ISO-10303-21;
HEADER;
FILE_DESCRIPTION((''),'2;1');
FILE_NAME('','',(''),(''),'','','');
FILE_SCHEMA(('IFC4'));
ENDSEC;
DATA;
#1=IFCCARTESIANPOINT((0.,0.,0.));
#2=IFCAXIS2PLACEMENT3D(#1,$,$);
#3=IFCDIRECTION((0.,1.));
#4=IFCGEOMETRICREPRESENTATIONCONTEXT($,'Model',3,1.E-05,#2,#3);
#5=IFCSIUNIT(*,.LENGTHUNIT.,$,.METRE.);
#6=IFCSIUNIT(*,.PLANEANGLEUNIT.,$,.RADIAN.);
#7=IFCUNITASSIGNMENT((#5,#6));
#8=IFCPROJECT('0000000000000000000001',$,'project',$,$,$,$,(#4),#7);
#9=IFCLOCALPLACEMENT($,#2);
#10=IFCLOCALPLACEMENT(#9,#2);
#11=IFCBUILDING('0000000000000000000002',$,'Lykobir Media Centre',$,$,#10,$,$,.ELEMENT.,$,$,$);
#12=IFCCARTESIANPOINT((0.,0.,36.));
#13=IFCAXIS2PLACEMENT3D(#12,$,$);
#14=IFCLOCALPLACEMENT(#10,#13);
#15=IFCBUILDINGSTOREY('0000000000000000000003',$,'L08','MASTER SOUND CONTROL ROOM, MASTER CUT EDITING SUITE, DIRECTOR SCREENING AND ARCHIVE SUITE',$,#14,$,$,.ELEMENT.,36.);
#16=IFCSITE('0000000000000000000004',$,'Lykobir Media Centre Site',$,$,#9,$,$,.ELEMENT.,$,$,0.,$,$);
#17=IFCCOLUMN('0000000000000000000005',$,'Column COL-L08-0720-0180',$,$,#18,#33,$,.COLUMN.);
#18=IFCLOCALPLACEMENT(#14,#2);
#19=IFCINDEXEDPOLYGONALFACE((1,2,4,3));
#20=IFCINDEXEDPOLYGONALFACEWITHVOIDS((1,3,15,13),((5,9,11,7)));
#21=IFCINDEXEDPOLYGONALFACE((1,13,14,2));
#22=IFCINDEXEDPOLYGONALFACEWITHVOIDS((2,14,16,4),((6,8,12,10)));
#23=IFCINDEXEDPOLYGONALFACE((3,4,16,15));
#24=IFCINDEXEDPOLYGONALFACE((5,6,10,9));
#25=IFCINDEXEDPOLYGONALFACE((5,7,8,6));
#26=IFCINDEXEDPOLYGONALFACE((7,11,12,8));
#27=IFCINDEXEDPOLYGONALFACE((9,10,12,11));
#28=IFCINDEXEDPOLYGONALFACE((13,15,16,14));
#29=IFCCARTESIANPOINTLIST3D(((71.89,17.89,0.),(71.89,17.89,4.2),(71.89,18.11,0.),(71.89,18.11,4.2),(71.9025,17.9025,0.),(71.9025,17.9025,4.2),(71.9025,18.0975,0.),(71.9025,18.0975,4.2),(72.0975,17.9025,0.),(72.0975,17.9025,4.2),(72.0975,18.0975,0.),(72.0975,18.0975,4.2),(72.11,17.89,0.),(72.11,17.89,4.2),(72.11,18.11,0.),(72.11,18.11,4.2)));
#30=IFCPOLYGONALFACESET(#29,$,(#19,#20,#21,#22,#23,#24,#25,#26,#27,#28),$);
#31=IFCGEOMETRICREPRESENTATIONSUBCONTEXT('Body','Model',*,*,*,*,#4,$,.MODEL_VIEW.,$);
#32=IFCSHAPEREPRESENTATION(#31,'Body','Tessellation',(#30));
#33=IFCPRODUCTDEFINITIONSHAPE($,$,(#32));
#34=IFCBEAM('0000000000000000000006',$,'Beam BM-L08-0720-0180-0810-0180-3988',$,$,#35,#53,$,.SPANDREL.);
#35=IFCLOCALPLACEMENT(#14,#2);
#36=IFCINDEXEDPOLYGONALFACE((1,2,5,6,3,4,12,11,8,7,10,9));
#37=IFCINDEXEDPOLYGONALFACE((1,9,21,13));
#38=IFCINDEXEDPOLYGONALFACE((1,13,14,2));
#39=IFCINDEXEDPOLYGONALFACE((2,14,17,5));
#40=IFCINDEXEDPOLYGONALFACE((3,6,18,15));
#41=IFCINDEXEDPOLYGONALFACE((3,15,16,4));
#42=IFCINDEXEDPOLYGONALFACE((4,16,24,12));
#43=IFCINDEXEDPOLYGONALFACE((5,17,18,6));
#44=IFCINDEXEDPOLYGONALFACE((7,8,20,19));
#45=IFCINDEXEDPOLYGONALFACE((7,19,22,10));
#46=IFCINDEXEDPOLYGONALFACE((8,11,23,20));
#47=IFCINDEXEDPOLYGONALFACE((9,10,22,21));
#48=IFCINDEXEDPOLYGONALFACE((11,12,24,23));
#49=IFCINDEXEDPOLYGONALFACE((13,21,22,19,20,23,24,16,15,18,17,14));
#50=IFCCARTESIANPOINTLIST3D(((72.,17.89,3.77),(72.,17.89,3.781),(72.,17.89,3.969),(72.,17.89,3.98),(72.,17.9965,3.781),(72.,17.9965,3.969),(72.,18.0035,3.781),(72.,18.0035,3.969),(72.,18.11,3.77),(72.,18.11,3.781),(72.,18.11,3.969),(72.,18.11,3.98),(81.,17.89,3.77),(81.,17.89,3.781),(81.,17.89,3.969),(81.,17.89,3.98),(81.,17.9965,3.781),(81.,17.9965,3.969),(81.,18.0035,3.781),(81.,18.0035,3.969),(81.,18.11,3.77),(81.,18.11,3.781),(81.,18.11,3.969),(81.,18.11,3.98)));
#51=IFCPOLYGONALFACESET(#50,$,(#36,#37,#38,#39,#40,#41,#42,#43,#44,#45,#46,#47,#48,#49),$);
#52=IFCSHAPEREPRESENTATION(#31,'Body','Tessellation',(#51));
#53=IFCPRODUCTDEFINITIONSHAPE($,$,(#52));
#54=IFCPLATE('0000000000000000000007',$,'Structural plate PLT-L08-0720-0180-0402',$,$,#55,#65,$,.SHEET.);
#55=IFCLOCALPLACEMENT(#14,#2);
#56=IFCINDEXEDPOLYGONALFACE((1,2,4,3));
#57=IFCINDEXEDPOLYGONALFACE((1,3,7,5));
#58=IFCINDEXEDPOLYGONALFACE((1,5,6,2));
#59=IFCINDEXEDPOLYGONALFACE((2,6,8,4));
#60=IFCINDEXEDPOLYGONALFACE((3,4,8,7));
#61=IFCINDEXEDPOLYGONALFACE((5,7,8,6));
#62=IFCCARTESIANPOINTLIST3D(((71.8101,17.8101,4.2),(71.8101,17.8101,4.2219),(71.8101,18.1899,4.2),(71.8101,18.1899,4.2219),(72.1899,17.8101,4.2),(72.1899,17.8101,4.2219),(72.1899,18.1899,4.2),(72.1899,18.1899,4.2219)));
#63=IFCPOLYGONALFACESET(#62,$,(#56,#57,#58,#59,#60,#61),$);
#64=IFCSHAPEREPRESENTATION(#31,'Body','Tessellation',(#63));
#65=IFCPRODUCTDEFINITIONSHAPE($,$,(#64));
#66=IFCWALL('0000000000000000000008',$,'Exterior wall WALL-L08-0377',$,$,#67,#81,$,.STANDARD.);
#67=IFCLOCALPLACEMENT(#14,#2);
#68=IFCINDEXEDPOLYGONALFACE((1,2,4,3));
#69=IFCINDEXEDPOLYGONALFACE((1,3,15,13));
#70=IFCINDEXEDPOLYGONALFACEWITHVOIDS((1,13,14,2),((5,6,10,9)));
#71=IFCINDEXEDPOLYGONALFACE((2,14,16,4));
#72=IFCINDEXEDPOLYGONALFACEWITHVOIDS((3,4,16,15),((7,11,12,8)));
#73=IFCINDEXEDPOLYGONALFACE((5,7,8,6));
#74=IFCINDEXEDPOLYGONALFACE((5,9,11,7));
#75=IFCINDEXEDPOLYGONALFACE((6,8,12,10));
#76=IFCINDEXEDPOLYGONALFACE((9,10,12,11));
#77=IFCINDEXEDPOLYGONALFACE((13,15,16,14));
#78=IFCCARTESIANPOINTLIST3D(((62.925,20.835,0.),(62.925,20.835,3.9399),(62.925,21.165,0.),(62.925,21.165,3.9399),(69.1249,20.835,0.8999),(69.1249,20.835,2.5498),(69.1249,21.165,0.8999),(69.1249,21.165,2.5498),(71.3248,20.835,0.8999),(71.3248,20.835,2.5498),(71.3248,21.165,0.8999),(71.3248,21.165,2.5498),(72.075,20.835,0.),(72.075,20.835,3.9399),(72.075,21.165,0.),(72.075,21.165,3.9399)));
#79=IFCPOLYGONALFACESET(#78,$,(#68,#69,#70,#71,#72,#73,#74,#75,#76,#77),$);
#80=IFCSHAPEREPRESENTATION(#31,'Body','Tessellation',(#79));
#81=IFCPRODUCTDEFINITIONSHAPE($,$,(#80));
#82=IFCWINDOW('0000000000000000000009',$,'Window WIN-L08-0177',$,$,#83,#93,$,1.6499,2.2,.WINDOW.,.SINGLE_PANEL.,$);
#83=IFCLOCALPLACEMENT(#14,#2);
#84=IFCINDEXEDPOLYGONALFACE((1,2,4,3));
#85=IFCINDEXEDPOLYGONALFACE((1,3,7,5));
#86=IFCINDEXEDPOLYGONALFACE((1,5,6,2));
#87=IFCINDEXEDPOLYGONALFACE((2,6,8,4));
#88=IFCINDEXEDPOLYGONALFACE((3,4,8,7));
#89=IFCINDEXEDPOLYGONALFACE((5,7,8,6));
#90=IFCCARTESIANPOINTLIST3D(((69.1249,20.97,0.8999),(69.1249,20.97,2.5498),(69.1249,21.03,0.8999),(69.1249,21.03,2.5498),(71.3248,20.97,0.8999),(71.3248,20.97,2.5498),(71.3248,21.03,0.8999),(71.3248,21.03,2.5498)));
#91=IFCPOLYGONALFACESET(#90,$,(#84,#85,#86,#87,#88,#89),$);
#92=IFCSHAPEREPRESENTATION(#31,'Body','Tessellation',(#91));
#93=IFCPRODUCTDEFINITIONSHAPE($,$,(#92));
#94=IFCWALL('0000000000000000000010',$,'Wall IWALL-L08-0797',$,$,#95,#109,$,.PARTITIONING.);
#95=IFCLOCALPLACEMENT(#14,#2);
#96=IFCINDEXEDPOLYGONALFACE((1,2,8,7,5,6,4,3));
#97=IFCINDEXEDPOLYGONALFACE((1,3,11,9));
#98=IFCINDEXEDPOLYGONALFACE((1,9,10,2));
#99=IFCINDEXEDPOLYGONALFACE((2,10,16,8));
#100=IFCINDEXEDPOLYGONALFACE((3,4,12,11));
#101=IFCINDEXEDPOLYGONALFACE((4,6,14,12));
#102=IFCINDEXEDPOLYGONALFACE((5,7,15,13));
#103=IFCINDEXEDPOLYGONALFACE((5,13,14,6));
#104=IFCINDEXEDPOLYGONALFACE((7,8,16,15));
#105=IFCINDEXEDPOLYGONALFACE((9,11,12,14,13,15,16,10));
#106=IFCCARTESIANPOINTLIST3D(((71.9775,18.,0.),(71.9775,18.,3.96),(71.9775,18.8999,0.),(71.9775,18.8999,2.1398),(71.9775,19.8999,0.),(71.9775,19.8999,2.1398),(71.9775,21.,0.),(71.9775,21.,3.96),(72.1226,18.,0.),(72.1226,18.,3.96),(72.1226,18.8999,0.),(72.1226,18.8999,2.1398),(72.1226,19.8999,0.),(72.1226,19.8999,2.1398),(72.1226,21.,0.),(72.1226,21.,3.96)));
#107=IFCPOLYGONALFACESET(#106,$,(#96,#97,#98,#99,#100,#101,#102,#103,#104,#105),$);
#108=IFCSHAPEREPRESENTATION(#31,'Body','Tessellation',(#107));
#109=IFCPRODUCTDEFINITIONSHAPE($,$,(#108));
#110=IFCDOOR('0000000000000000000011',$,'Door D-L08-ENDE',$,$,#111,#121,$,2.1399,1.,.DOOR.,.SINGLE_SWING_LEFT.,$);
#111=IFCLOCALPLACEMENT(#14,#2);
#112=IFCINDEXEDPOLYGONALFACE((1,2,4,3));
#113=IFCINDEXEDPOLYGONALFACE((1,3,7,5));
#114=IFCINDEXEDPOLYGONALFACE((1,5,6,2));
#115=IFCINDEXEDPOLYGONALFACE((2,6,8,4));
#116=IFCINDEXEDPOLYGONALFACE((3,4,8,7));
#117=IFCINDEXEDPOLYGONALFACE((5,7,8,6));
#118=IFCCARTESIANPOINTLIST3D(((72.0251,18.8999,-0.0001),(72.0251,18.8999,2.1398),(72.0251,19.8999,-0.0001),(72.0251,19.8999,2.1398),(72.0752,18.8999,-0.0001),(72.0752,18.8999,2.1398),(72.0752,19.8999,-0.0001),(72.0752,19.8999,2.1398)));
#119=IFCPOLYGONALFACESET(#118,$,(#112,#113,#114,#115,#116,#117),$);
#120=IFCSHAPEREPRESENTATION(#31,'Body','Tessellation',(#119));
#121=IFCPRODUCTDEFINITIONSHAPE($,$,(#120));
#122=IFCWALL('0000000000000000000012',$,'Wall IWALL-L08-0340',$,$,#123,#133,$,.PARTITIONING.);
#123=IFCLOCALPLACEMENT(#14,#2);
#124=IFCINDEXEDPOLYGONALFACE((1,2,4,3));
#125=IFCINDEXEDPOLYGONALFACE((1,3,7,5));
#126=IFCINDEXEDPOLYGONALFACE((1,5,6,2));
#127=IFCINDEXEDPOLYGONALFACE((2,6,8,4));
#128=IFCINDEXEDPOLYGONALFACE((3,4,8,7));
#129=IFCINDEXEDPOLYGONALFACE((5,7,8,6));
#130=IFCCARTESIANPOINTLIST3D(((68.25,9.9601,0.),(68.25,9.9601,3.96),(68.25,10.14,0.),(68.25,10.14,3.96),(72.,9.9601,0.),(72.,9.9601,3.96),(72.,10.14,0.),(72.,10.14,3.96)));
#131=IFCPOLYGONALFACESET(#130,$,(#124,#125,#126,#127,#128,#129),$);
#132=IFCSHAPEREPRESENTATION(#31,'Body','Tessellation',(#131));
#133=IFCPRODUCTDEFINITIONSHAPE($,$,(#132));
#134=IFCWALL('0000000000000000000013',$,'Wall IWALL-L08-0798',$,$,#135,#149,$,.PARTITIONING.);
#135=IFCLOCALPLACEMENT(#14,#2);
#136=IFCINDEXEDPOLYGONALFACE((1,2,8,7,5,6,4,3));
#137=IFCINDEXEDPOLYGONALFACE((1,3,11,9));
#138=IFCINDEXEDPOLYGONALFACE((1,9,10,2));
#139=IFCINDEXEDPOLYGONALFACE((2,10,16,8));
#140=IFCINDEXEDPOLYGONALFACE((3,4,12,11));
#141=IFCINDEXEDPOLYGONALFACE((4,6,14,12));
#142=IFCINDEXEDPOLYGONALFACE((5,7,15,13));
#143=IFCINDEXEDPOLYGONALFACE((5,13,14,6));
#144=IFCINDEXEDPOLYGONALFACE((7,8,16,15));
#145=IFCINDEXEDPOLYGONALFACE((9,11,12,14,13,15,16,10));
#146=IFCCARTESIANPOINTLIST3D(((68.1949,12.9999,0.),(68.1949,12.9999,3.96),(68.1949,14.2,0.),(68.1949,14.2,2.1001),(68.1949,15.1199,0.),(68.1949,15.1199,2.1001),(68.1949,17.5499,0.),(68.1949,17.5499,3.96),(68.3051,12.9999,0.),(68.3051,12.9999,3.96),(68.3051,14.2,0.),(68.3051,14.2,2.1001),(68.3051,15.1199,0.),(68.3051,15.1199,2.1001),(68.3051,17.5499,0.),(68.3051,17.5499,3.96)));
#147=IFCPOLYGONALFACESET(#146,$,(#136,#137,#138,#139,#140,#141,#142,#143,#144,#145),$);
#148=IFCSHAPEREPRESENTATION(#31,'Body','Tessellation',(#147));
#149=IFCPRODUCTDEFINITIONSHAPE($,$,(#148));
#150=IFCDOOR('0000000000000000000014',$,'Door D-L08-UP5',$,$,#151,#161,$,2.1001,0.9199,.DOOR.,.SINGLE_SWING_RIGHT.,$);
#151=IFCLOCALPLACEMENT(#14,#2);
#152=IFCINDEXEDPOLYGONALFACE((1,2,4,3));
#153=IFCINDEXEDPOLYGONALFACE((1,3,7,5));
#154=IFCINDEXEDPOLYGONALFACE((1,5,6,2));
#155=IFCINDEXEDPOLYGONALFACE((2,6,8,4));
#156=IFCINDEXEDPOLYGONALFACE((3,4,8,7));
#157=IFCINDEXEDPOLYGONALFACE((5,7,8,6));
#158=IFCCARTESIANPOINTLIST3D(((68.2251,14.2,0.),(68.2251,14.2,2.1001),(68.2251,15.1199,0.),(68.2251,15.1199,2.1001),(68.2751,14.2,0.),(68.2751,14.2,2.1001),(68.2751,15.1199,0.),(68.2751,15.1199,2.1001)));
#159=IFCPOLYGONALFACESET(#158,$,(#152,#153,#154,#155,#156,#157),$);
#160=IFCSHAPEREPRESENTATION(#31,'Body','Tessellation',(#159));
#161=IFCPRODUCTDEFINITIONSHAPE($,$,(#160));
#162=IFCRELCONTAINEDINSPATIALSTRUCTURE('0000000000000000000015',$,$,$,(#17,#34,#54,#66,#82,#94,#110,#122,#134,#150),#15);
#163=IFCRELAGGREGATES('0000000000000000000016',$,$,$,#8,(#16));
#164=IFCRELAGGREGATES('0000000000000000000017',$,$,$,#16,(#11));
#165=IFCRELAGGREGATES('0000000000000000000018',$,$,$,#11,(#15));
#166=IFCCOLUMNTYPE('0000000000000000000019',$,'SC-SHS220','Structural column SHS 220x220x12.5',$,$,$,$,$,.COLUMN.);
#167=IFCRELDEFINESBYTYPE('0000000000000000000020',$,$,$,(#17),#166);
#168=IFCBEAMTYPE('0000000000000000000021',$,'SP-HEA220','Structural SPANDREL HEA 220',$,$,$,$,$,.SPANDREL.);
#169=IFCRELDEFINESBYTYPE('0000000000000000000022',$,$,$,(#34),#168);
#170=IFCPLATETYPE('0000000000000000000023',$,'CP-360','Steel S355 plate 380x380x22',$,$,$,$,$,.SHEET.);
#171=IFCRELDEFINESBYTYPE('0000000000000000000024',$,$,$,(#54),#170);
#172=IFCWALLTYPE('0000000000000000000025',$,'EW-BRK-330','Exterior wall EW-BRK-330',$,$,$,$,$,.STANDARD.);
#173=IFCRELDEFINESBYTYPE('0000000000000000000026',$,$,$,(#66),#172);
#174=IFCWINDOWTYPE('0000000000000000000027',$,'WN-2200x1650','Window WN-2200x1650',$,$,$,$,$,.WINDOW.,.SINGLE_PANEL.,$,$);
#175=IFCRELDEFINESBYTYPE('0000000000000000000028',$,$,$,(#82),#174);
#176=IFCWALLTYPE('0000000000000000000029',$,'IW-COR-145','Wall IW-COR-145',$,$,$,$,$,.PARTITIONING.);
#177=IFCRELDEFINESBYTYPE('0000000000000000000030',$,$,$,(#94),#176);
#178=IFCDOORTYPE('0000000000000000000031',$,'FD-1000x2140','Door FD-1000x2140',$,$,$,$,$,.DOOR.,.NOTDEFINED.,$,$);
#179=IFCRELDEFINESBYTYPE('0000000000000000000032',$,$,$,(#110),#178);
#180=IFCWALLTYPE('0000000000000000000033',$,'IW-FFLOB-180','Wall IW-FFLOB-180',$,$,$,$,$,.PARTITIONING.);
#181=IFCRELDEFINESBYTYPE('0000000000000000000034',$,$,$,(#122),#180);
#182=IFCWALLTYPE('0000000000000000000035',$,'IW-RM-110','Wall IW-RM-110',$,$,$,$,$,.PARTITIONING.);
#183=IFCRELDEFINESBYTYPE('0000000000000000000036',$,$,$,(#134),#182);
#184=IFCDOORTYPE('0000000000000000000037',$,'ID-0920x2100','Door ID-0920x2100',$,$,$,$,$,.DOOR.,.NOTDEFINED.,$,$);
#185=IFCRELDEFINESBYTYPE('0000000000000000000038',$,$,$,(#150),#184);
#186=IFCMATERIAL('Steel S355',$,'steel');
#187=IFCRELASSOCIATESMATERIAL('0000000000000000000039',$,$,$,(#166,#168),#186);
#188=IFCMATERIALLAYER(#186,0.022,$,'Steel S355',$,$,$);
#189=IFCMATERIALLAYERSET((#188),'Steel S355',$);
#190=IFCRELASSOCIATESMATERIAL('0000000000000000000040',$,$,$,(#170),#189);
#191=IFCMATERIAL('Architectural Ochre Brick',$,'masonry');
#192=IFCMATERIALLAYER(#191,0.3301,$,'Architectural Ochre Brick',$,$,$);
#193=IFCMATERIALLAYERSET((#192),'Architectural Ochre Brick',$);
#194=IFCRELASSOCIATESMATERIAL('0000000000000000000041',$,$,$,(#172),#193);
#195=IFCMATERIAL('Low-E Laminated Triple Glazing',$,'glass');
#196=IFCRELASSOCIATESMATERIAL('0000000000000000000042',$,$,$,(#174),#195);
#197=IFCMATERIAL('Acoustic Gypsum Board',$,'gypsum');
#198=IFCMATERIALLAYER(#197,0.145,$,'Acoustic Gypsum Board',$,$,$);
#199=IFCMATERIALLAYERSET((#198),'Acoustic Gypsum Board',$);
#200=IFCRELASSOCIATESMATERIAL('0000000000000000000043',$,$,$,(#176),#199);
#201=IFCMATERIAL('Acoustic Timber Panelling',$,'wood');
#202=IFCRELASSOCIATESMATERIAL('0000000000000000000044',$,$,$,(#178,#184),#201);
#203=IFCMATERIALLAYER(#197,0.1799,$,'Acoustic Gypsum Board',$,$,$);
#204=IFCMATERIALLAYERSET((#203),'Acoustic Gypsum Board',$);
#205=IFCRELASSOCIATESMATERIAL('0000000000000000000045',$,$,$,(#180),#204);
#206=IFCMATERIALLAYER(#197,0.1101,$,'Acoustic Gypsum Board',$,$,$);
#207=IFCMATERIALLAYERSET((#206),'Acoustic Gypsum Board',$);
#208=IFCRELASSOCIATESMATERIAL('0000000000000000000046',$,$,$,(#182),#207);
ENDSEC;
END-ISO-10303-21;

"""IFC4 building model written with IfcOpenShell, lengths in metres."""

from ifc_helpers import new_model, si_unit, direction, frame, frame_2d, origin, origin_2d, place, context, subcontext, project, spatial, rectangle, hollow_rectangle, i_section, extrude, material, layer, layer_set, material_profile, profile_set, type_object, element, fill, save


model = new_model("IFC4")

# Units and contexts
model_context = context("Model", 3, precision=1e-05, world=origin(), true_north=direction((0.0, 1.0)))
body_context = subcontext(model_context, "Body", "Model", "MODEL_VIEW")
ifc_project = project(units=[si_unit("LENGTHUNIT", "METRE"), si_unit("PLANEANGLEUNIT", "RADIAN")], contexts=[model_context])

# Site, building, storey
site_placement = place(None, origin())
site = spatial("IfcSite", under=ifc_project, at=site_placement, Name="Lykobir Media Centre Site", CompositionType="ELEMENT", RefElevation=0.0)
building_placement = place(site_placement, origin())
building = spatial("IfcBuilding", under=site, at=building_placement, Name="Lykobir Media Centre", CompositionType="ELEMENT")
storey_placement = place(building_placement, frame((0.0, 0.0, 36.0)))
storey = spatial("IfcBuildingStorey", under=building, at=storey_placement, Name="L08", Description="MASTER SOUND CONTROL ROOM, MASTER CUT EDITING SUITE, DIRECTOR SCREENING AND ARCHIVE SUITE", CompositionType="ELEMENT", Elevation=36.0)

# Column
ifc_material_1 = material(Name="Steel S355", Category="steel")
ifc_material_profile_1 = material_profile(ifc_material_1, hollow_rectangle(XDim=0.22, YDim=0.22, WallThickness=0.0125, at=origin_2d()), Name="SHS 220x220x12.5")
ifc_profile_set_1 = profile_set([ifc_material_profile_1], Name="Steel S355")
column_type = type_object("IfcColumnType", Name="SC-SHS220", Description="Structural column SHS 220x220x12.5", PredefinedType="COLUMN", material=ifc_profile_set_1)
column_placement = place(storey_placement, frame((72.0, 18.0, 0.0), z_axis=(0.0, 0.0, 1.0), x_axis=(1.0, 0.0, 0.0)))
element("IfcColumn", 1, at=column_placement, inside=storey, type_object=column_type, Name="Column COL-L08-0720-0180", PredefinedType="COLUMN", context=body_context, shape_type="SweptSolid", body=[
    extrude(hollow_rectangle(XDim=0.22, YDim=0.22, WallThickness=0.0125, at=origin_2d()), origin(), (0.0, 0.0, 1.0), 4.2),
])

# Beam
ifc_material_profile_2 = material_profile(ifc_material_1, i_section(OverallWidth=0.22, OverallDepth=0.21, WebThickness=0.0071, FlangeThickness=0.011, at=origin_2d()), Name="HEA 220")
ifc_profile_set_2 = profile_set([ifc_material_profile_2], Name="Steel S355")
beam_type = type_object("IfcBeamType", Name="SP-HEA220", Description="Structural SPANDREL HEA 220", PredefinedType="SPANDREL", material=ifc_profile_set_2)
beam_placement = place(storey_placement, frame((72.0, 18.0, 3.875), z_axis=(1.0, 0.0, 0.0), x_axis=(0.0, 1.0, 0.0)))
element("IfcBeam", 2, at=beam_placement, inside=storey, type_object=beam_type, Name="Beam BM-L08-0720-0180-0810-0180-3988", PredefinedType="SPANDREL", context=body_context, shape_type="SweptSolid", body=[
    extrude(i_section(OverallWidth=0.22, OverallDepth=0.21, WebThickness=0.0071, FlangeThickness=0.011, at=origin_2d()), origin(), (0.0, 0.0, 1.0), 9.0),
])

# Plate
ifc_layer_1 = layer(ifc_material_1, 0.022, Name="Steel S355")
ifc_layer_set_1 = layer_set([ifc_layer_1], Name="Steel S355")
plate_type = type_object("IfcPlateType", Name="CP-360", Description="Steel S355 plate 380x380x22", PredefinedType="SHEET", material=ifc_layer_set_1)
plate_placement = place(storey_placement, frame((72.0, 18.0, 4.2), z_axis=(0.0, 0.0, 1.0), x_axis=(1.0, 0.0, 0.0)))
element("IfcPlate", 3, at=plate_placement, inside=storey, type_object=plate_type, Name="Structural plate PLT-L08-0720-0180-0402", PredefinedType="SHEET", context=body_context, shape_type="SweptSolid", body=[
    extrude(rectangle(XDim=0.3799, YDim=0.3799, at=origin_2d()), origin(), (0.0, 0.0, 1.0), 0.022),
])

# Wall, opening, window
ifc_material_2 = material(Name="Architectural Ochre Brick", Category="masonry")
ifc_layer_2 = layer(ifc_material_2, 0.3301, Name="Architectural Ochre Brick")
ifc_layer_set_2 = layer_set([ifc_layer_2], Name="Architectural Ochre Brick")
wall_type_1 = type_object("IfcWallType", Name="EW-BRK-330", Description="Exterior wall EW-BRK-330", PredefinedType="STANDARD", material=ifc_layer_set_2)
wall_1_placement = place(storey_placement, frame((72.075, 21.0, 0.0), z_axis=(0.0, 0.0, 1.0), x_axis=(-1.0, 0.0, 0.0)))
wall_1 = element("IfcWall", 4, at=wall_1_placement, inside=storey, type_object=wall_type_1, Name="Exterior wall WALL-L08-0377", PredefinedType="STANDARD", context=body_context, shape_type="SweptSolid", body=[
    extrude(rectangle(XDim=9.1499, YDim=0.3301, at=frame_2d((4.575, 0.0))), origin(), (0.0, 0.0, 1.0), 3.9399),
])
opening_1_placement = place(wall_1_placement, frame((0.75, 0.0, 0.8999)))
opening_1 = element("IfcOpeningElement", 5, at=opening_1_placement, cuts=wall_1, PredefinedType="OPENING", context=body_context, shape_type="SweptSolid", body=[
    extrude(rectangle(XDim=2.2, YDim=1.6499, at=frame_2d((1.1001, 0.825))), frame((0.0, 0.175, 0.0), z_axis=(0.0, -1.0, 0.0), x_axis=(1.0, 0.0, 0.0)), (0.0, 0.0, 1.0), 0.3501),
])
ifc_material_3 = material(Name="Low-E Laminated Triple Glazing", Category="glass")
window_type = type_object("IfcWindowType", Name="WN-2200x1650", Description="Window WN-2200x1650", PartitioningType="SINGLE_PANEL", PredefinedType="WINDOW", material=ifc_material_3)
window_placement = place(opening_1_placement, origin())
window = element("IfcWindow", 6, at=window_placement, inside=storey, type_object=window_type, Name="Window WIN-L08-0177", OverallHeight=1.6499, OverallWidth=2.2, PartitioningType="SINGLE_PANEL", PredefinedType="WINDOW", context=body_context, shape_type="SweptSolid", body=[
    extrude(rectangle(XDim=2.2, YDim=1.6499, at=frame_2d((1.1001, 0.825))), frame((0.0, 0.03, 0.0), z_axis=(0.0, -1.0, 0.0), x_axis=(1.0, 0.0, 0.0)), (0.0, 0.0, 1.0), 0.0601),
])
fill(opening_1, window)

# Wall, opening, door
ifc_material_4 = material(Name="Acoustic Gypsum Board", Category="gypsum")
ifc_layer_3 = layer(ifc_material_4, 0.145, Name="Acoustic Gypsum Board")
ifc_layer_set_3 = layer_set([ifc_layer_3], Name="Acoustic Gypsum Board")
wall_type_2 = type_object("IfcWallType", Name="IW-COR-145", Description="Wall IW-COR-145", PredefinedType="PARTITIONING", material=ifc_layer_set_3)
wall_2_placement = place(storey_placement, frame((72.05, 18.0, 0.0), z_axis=(0.0, 0.0, 1.0), x_axis=(0.0, 1.0, 0.0)))
wall_2 = element("IfcWall", 7, at=wall_2_placement, inside=storey, type_object=wall_type_2, Name="Wall IWALL-L08-0797", PredefinedType="PARTITIONING", context=body_context, shape_type="SweptSolid", body=[
    extrude(rectangle(XDim=3.0, YDim=0.145, at=frame_2d((1.5, 0.0))), origin(), (0.0, 0.0, 1.0), 3.96),
])
opening_2_placement = place(wall_2_placement, frame((0.8999, 0.0, 0.0)))
opening_2 = element("IfcOpeningElement", 8, at=opening_2_placement, cuts=wall_2, PredefinedType="OPENING", context=body_context, shape_type="SweptSolid", body=[
    extrude(rectangle(XDim=1.0, YDim=2.1399, at=frame_2d((0.5, 1.0698))), frame((0.0, 0.0825, 0.0), z_axis=(0.0, -1.0, 0.0), x_axis=(1.0, 0.0, 0.0)), (0.0, 0.0, 1.0), 0.165),
])
ifc_material_5 = material(Name="Acoustic Timber Panelling", Category="wood")
door_type_1 = type_object("IfcDoorType", Name="FD-1000x2140", Description="Door FD-1000x2140", OperationType="NOTDEFINED", PredefinedType="DOOR", material=ifc_material_5)
door_1_placement = place(opening_2_placement, origin())
door_1 = element("IfcDoor", 9, at=door_1_placement, inside=storey, type_object=door_type_1, Name="Door D-L08-ENDE", OperationType="SINGLE_SWING_LEFT", OverallHeight=2.1399, OverallWidth=1.0, PredefinedType="DOOR", context=body_context, shape_type="SweptSolid", body=[
    extrude(rectangle(XDim=1.0, YDim=2.1399, at=frame_2d((0.5, 1.0698))), frame((0.0, 0.0249, 0.0), z_axis=(0.0, -1.0, 0.0), x_axis=(1.0, 0.0, 0.0)), (0.0, 0.0, 1.0), 0.05),
])
fill(opening_2, door_1)

# Wall
ifc_layer_4 = layer(ifc_material_4, 0.1799, Name="Acoustic Gypsum Board")
ifc_layer_set_4 = layer_set([ifc_layer_4], Name="Acoustic Gypsum Board")
wall_type_3 = type_object("IfcWallType", Name="IW-FFLOB-180", Description="Wall IW-FFLOB-180", PredefinedType="PARTITIONING", material=ifc_layer_set_4)
wall_3_placement = place(storey_placement, frame((68.25, 10.05, 0.0), z_axis=(0.0, 0.0, 1.0), x_axis=(1.0, 0.0, 0.0)))
element("IfcWall", 10, at=wall_3_placement, inside=storey, type_object=wall_type_3, Name="Wall IWALL-L08-0340", PredefinedType="PARTITIONING", context=body_context, shape_type="SweptSolid", body=[
    extrude(rectangle(XDim=3.75, YDim=0.1799, at=frame_2d((1.875, 0.0))), origin(), (0.0, 0.0, 1.0), 3.96),
])

# Wall, opening, door
ifc_layer_5 = layer(ifc_material_4, 0.1101, Name="Acoustic Gypsum Board")
ifc_layer_set_5 = layer_set([ifc_layer_5], Name="Acoustic Gypsum Board")
wall_type_4 = type_object("IfcWallType", Name="IW-RM-110", Description="Wall IW-RM-110", PredefinedType="PARTITIONING", material=ifc_layer_set_5)
wall_4_placement = place(storey_placement, frame((68.25, 13.0, 0.0), z_axis=(0.0, 0.0, 1.0), x_axis=(0.0, 1.0, 0.0)))
wall_4 = element("IfcWall", 11, at=wall_4_placement, inside=storey, type_object=wall_type_4, Name="Wall IWALL-L08-0798", PredefinedType="PARTITIONING", context=body_context, shape_type="SweptSolid", body=[
    extrude(rectangle(XDim=4.55, YDim=0.1101, at=frame_2d((2.2749, 0.0))), origin(), (0.0, 0.0, 1.0), 3.96),
])
opening_3_placement = place(wall_4_placement, frame((1.2, 0.0, 0.0)))
opening_3 = element("IfcOpeningElement", 12, at=opening_3_placement, cuts=wall_4, PredefinedType="OPENING", context=body_context, shape_type="SweptSolid", body=[
    extrude(rectangle(XDim=0.9199, YDim=2.1001, at=frame_2d((0.46, 1.05))), frame((0.0, 0.0649, 0.0), z_axis=(0.0, -1.0, 0.0), x_axis=(1.0, 0.0, 0.0)), (0.0, 0.0, 1.0), 0.1301),
])
door_type_2 = type_object("IfcDoorType", Name="ID-0920x2100", Description="Door ID-0920x2100", OperationType="NOTDEFINED", PredefinedType="DOOR", material=ifc_material_5)
door_2_placement = place(opening_3_placement, origin())
door_2 = element("IfcDoor", 13, at=door_2_placement, inside=storey, type_object=door_type_2, Name="Door D-L08-UP5", OperationType="SINGLE_SWING_RIGHT", OverallHeight=2.1001, OverallWidth=0.9199, PredefinedType="DOOR", context=body_context, shape_type="SweptSolid", body=[
    extrude(rectangle(XDim=0.9199, YDim=2.1001, at=frame_2d((0.46, 1.05))), frame((0.0, 0.0249, 0.0), z_axis=(0.0, -1.0, 0.0), x_axis=(1.0, 0.0, 0.0)), (0.0, 0.0, 1.0), 0.05),
])
fill(opening_3, door_2)

save(model, "model.ifc")
